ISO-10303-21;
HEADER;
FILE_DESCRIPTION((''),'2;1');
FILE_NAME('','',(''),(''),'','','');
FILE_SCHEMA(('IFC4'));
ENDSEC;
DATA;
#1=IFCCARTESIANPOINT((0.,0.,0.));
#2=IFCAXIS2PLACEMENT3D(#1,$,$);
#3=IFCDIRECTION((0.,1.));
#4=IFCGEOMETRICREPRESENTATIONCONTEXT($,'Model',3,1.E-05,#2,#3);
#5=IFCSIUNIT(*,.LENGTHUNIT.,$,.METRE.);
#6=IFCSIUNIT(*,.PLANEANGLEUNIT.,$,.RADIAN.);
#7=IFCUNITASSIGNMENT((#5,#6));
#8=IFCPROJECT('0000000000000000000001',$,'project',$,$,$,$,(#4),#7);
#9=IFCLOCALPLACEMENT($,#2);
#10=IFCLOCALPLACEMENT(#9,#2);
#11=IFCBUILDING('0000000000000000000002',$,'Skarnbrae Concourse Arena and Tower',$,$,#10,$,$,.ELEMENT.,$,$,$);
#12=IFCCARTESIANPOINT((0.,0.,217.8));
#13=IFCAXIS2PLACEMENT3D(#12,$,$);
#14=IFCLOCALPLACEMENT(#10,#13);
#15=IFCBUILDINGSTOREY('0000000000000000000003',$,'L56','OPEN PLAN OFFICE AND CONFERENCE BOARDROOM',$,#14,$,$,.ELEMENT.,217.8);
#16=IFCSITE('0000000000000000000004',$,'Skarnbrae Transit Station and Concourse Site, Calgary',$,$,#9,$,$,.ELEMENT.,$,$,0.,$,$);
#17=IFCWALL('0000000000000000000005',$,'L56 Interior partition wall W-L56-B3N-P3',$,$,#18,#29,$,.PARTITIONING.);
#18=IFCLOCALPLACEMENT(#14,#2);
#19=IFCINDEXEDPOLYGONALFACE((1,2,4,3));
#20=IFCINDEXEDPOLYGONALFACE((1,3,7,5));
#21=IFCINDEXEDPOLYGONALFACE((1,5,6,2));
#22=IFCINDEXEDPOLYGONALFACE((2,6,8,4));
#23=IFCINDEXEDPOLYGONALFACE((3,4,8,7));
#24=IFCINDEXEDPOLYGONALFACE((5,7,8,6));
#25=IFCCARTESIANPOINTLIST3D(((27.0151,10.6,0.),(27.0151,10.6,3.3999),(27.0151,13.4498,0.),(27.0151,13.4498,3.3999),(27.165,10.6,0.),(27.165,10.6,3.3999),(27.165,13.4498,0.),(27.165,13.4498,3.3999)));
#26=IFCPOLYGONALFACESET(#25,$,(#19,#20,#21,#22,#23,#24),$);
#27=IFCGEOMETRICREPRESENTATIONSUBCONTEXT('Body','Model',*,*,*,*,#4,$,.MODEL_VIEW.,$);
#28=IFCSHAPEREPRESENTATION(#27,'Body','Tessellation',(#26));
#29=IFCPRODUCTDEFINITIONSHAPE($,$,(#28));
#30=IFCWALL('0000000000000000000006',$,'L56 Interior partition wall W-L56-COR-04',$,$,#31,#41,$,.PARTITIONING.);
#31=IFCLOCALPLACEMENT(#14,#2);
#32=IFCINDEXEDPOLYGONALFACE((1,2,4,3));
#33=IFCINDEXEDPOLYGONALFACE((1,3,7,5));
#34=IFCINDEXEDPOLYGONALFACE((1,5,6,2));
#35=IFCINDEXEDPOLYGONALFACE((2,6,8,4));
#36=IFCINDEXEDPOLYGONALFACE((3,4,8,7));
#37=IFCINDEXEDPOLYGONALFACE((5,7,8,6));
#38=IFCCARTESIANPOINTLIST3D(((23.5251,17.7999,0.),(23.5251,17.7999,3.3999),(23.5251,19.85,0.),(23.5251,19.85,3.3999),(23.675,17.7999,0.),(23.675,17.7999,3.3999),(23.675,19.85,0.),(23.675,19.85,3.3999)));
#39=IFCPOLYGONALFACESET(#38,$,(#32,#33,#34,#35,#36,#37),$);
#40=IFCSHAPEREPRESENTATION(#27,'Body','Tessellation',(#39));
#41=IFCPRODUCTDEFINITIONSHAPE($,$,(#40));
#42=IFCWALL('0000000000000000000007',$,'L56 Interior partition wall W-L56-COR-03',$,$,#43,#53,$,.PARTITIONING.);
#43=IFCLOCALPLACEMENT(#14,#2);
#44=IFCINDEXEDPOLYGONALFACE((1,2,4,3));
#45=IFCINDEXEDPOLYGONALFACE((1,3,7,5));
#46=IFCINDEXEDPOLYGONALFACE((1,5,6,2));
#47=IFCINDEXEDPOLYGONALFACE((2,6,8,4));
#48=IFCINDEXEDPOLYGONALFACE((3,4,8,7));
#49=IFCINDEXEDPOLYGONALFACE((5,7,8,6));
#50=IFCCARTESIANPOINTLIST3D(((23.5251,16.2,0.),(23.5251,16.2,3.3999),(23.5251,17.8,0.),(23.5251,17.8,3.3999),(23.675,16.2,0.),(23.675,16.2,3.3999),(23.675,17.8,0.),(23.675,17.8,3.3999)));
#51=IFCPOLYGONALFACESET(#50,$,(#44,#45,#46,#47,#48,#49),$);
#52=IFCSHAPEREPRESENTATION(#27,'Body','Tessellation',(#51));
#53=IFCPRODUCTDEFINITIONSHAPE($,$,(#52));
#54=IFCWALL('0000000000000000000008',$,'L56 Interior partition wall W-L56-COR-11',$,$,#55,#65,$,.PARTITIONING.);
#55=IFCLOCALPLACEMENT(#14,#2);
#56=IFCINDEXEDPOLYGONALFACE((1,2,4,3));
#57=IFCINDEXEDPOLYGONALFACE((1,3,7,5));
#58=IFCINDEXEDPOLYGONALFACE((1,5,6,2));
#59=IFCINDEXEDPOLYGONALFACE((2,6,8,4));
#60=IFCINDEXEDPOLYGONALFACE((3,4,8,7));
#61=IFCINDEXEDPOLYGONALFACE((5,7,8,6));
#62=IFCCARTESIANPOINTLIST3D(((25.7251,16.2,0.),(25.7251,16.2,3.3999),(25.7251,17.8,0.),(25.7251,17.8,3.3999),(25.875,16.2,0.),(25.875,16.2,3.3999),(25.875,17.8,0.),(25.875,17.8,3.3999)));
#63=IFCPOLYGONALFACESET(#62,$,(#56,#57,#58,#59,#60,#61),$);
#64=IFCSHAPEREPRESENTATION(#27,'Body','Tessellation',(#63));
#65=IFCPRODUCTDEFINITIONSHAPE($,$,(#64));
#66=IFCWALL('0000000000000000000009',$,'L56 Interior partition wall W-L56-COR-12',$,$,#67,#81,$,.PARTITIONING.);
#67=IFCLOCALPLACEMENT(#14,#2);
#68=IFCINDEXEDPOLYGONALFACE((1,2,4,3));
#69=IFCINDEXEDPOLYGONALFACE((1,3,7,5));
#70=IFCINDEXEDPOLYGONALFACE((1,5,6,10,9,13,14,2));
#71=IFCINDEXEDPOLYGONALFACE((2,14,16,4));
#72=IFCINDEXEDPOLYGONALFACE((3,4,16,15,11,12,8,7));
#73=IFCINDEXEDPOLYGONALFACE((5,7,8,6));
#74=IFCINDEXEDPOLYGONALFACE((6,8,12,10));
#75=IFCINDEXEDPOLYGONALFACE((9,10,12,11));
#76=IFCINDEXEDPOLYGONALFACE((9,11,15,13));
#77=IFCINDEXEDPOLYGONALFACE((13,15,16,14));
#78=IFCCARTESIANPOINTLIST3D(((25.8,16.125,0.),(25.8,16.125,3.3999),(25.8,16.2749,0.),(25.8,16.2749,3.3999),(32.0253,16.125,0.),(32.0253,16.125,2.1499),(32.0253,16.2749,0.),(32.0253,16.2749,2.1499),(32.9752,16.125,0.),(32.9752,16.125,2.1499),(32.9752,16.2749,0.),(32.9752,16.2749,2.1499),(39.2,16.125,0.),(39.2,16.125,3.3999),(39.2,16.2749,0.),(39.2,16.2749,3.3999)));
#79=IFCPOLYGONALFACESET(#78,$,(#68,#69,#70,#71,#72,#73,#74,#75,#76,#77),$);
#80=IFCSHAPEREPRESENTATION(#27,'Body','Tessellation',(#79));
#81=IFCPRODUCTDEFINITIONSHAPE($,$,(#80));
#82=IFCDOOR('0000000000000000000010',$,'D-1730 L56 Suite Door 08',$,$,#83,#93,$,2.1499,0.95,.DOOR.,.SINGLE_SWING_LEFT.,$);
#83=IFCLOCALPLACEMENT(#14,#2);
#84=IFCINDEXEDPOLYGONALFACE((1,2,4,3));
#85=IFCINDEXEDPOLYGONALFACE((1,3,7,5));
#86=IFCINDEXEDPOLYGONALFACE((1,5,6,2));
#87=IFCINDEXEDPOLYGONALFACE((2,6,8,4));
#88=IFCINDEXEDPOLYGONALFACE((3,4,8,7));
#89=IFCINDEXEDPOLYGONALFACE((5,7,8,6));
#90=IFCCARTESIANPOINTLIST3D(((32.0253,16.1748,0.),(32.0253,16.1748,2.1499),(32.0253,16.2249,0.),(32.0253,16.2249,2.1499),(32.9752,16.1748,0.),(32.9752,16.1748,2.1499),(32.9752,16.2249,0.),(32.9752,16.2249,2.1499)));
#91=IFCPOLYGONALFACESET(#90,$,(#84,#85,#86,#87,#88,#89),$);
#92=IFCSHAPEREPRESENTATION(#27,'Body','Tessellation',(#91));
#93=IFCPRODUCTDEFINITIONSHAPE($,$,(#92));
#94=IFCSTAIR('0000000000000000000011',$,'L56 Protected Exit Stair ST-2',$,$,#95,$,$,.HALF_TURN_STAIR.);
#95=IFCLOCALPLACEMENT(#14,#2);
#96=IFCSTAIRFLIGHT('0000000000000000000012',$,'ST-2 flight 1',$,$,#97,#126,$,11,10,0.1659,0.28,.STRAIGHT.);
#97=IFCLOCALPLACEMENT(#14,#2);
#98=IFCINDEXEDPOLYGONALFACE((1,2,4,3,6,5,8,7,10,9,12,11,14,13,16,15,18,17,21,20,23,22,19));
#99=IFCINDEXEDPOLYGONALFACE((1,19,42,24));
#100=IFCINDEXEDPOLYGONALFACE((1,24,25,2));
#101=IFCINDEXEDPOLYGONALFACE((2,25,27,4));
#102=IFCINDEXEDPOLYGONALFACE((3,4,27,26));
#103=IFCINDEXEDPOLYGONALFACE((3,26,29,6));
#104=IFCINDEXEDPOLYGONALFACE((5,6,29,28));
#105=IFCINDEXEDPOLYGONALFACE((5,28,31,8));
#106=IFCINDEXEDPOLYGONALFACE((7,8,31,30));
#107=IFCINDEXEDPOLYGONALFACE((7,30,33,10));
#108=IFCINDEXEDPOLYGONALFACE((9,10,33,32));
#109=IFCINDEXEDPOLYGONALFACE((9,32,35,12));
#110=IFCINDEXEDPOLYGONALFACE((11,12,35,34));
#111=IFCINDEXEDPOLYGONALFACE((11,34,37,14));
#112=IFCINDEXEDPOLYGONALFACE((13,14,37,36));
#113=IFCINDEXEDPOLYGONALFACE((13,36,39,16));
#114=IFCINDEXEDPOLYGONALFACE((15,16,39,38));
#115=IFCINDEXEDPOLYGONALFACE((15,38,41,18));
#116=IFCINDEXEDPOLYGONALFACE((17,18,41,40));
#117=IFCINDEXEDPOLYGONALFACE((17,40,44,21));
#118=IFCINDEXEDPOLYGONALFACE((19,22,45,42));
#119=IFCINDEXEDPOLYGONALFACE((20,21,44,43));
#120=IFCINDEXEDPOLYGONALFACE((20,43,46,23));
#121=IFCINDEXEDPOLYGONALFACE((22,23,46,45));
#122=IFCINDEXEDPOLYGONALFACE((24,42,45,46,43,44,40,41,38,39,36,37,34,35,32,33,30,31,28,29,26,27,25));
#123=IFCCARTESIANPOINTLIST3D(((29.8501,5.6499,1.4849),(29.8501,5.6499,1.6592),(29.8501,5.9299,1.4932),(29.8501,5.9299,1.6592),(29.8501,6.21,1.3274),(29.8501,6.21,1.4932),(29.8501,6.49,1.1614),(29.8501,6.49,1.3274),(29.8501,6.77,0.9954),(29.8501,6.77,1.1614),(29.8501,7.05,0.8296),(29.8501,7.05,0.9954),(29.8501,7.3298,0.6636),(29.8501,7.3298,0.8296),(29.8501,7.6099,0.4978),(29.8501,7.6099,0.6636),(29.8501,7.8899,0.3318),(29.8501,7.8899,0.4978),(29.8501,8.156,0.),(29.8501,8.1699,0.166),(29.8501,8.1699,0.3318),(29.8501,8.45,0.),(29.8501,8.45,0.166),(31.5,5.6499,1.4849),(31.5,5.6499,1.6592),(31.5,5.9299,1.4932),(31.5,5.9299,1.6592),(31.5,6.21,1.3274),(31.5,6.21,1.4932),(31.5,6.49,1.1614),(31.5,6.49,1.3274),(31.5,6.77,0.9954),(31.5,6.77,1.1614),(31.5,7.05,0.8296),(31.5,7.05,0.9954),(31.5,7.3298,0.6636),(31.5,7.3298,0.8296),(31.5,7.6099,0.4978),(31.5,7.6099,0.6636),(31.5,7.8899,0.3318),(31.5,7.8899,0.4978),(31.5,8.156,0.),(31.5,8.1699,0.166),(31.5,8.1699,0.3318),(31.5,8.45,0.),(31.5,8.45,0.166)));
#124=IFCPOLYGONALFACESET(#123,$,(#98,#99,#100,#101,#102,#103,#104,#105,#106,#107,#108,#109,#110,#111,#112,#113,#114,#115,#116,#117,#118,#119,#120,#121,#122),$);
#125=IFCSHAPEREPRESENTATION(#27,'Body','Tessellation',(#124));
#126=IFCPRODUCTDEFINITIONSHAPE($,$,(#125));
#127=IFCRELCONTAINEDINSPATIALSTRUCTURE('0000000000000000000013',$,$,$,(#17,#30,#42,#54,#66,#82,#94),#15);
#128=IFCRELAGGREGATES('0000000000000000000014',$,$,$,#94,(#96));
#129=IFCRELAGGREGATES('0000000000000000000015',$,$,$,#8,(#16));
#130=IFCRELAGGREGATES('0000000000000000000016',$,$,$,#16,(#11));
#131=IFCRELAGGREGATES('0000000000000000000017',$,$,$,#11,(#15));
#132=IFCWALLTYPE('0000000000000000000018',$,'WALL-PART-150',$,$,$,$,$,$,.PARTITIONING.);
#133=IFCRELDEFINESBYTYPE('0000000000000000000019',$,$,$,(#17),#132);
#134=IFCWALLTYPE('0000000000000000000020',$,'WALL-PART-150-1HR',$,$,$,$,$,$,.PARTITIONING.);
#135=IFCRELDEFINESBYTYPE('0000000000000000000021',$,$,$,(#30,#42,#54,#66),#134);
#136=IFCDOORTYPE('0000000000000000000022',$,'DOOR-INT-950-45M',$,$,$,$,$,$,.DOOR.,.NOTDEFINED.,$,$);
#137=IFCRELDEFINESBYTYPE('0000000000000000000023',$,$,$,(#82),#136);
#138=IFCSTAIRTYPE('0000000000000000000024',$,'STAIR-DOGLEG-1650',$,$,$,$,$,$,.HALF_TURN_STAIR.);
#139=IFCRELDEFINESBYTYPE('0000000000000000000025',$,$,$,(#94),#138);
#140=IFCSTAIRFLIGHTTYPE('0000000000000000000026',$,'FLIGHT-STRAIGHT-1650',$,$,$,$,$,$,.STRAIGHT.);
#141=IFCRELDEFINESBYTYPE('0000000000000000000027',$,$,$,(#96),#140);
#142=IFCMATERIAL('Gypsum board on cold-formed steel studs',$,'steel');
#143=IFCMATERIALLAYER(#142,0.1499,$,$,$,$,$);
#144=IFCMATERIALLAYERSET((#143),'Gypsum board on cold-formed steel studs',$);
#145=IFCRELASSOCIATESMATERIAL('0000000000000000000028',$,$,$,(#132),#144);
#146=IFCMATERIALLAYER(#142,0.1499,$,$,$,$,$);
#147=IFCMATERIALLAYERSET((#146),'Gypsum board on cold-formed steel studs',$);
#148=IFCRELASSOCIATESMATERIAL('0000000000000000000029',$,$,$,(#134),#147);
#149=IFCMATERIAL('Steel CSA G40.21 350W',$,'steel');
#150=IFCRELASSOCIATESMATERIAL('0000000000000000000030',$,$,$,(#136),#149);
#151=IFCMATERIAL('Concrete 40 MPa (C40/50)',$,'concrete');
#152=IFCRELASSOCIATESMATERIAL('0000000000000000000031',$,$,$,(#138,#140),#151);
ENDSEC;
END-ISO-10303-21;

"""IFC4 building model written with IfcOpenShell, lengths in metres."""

from ifc_helpers import new_model, si_unit, direction, frame, frame_2d, origin, place, context, subcontext, project, spatial, polyline, rectangle, outline, extrude, source, transform, mapped, material, layer, layer_set, type_object, element, fill, aggregate, save


model = new_model("IFC4")

# Units and contexts
model_context = context("Model", 3, precision=1e-05, world=origin(), true_north=direction((0.0, 1.0)))
body_context = subcontext(model_context, "Body", "Model", "MODEL_VIEW")
ifc_project = project(units=[si_unit("LENGTHUNIT", "METRE"), si_unit("PLANEANGLEUNIT", "RADIAN")], contexts=[model_context])

# Site, building, storey
site_placement = place(None, origin())
site = spatial("IfcSite", under=ifc_project, at=site_placement, Name="Skarnbrae Transit Station and Concourse Site, Calgary", CompositionType="ELEMENT", RefElevation=0.0)
building_placement = place(site_placement, origin())
building = spatial("IfcBuilding", under=site, at=building_placement, Name="Skarnbrae Concourse Arena and Tower", CompositionType="ELEMENT")
storey_placement = place(building_placement, frame((0.0, 0.0, 217.8)))
storey = spatial("IfcBuildingStorey", under=building, at=storey_placement, Name="L56", Description="OPEN PLAN OFFICE AND CONFERENCE BOARDROOM", CompositionType="ELEMENT", Elevation=217.8)

# Shared definitions
ifc_material_1 = material(Name="Steel CSA G40.21 350W", Category="steel")

# Walls
ifc_material_2 = material(Name="Gypsum board on cold-formed steel studs", Category="steel")
ifc_layer_1 = layer(ifc_material_2, 0.1499)
ifc_layer_set_1 = layer_set([ifc_layer_1], Name="Gypsum board on cold-formed steel studs")
wall_type_1 = type_object("IfcWallType", Name="WALL-PART-150", PredefinedType="PARTITIONING", material=ifc_layer_set_1)
shared_shape_1 = source(origin(), body_context, "Body", "SweptSolid", [
    extrude(rectangle(XDim=2.8499, YDim=0.1499, at=frame_2d((1.4248, 0.0))), origin(), (0.0, 0.0, 1.0), 3.3999),
])
for number, where, z_axis, x_axis, name in (
    (1, (27.0901, 10.6001, 0.0), (0.0, 0.0, 1.0), (0.0, 1.0, 0.0), "L56 Interior partition wall W-L56-B3N-P3"),
):
    element("IfcWall", number, at=place(storey_placement, frame(where, z_axis=z_axis, x_axis=x_axis)), inside=storey, type_object=wall_type_1, Name=name, PredefinedType="PARTITIONING", context=body_context, shape_type="MappedRepresentation", body=[
        mapped(shared_shape_1, transform((0.0, 0.0, 0.0))),
    ])
ifc_layer_2 = layer(ifc_material_2, 0.1499)
ifc_layer_set_2 = layer_set([ifc_layer_2], Name="Gypsum board on cold-formed steel studs")
wall_type_2 = type_object("IfcWallType", Name="WALL-PART-150-1HR", PredefinedType="PARTITIONING", material=ifc_layer_set_2)
shared_shape_2 = source(origin(), body_context, "Body", "SweptSolid", [
    extrude(rectangle(XDim=2.05, YDim=0.1499, at=frame_2d((1.0249, 0.0))), origin(), (0.0, 0.0, 1.0), 3.3999),
])
wall_1_placement = place(storey_placement, frame((23.6001, 17.8, 0.0), z_axis=(0.0, 0.0, 1.0), x_axis=(0.0, 1.0, 0.0)))
element("IfcWall", 2, at=wall_1_placement, inside=storey, type_object=wall_type_2, Name="L56 Interior partition wall W-L56-COR-04", PredefinedType="PARTITIONING", context=body_context, shape_type="MappedRepresentation", body=[
    mapped(shared_shape_2, transform((0.0, 0.0, 0.0))),
])
shared_shape_3 = source(origin(), body_context, "Body", "SweptSolid", [
    extrude(rectangle(XDim=1.6001, YDim=0.1499, at=frame_2d((0.8, 0.0))), origin(), (0.0, 0.0, 1.0), 3.3999),
])
for number, where, z_axis, x_axis, name in (
    (3, (23.6001, 16.2, 0.0), (0.0, 0.0, 1.0), (0.0, 1.0, 0.0), "L56 Interior partition wall W-L56-COR-03"),
    (4, (25.8, 17.8, 0.0), (0.0, 0.0, 1.0), (0.0, -1.0, 0.0), "L56 Interior partition wall W-L56-COR-11"),
):
    element("IfcWall", number, at=place(storey_placement, frame(where, z_axis=z_axis, x_axis=x_axis)), inside=storey, type_object=wall_type_2, Name=name, PredefinedType="PARTITIONING", context=body_context, shape_type="MappedRepresentation", body=[
        mapped(shared_shape_3, transform((0.0, 0.0, 0.0))),
    ])

# Wall, opening, door
shared_shape_4 = source(origin(), body_context, "Body", "SweptSolid", [
    extrude(rectangle(XDim=13.3999, YDim=0.1499, at=frame_2d((6.7, 0.0))), origin(), (0.0, 0.0, 1.0), 3.3999),
])
wall_2_placement = place(storey_placement, frame((25.8, 16.2, 0.0), z_axis=(0.0, 0.0, 1.0), x_axis=(1.0, 0.0, 0.0)))
wall_2 = element("IfcWall", 5, at=wall_2_placement, inside=storey, type_object=wall_type_2, Name="L56 Interior partition wall W-L56-COR-12", PredefinedType="PARTITIONING", context=body_context, shape_type="MappedRepresentation", body=[
    mapped(shared_shape_4, transform((0.0, 0.0, 0.0))),
])
opening_1_placement = place(wall_2_placement, frame((6.2251, 0.0, 0.0)))
opening_1 = element("IfcOpeningElement", 6, at=opening_1_placement, cuts=wall_2, PredefinedType="OPENING", context=body_context, shape_type="SweptSolid", body=[
    extrude(rectangle(XDim=0.95, YDim=2.1499, at=frame_2d((0.4751, 1.075))), frame((0.0, 0.085, 0.0), z_axis=(0.0, -1.0, 0.0), x_axis=(1.0, 0.0, 0.0)), (0.0, 0.0, 1.0), 0.1699),
])
door_type_1 = type_object("IfcDoorType", Name="DOOR-INT-950-45M", OperationType="NOTDEFINED", PredefinedType="DOOR", material=ifc_material_1)
shared_shape_5 = source(origin(), body_context, "Body", "SweptSolid", [
    extrude(rectangle(XDim=0.95, YDim=2.1499, at=frame_2d((0.4751, 1.075))), frame((0.0, 0.0249, 0.0), z_axis=(0.0, -1.0, 0.0), x_axis=(1.0, 0.0, 0.0)), (0.0, 0.0, 1.0), 0.05),
])
door_1_placement = place(opening_1_placement, origin())
door_1 = element("IfcDoor", 7, at=door_1_placement, inside=storey, type_object=door_type_1, Name="D-1730 L56 Suite Door 08", OperationType="SINGLE_SWING_LEFT", OverallHeight=2.1499, OverallWidth=0.95, PredefinedType="DOOR", context=body_context, shape_type="MappedRepresentation", body=[
    mapped(shared_shape_5, transform((0.0, 0.0, 0.0))),
])
fill(opening_1, door_1)

# Stair, stair flight
ifc_material_3 = material(Name="Concrete 40 MPa (C40/50)", Category="concrete")
stair_type = type_object("IfcStairType", Name="STAIR-DOGLEG-1650", PredefinedType="HALF_TURN_STAIR", material=ifc_material_3)
stair_placement = place(storey_placement, origin())
stair = element("IfcStair", 8, at=stair_placement, inside=storey, type_object=stair_type, Name="L56 Protected Exit Stair ST-2", PredefinedType="HALF_TURN_STAIR")
stair_flight_type = type_object("IfcStairFlightType", Name="FLIGHT-STRAIGHT-1650", PredefinedType="STRAIGHT", material=ifc_material_3)
shared_shape_6 = source(origin(), body_context, "Body", "SweptSolid", [
    extrude(outline(polyline([(0.0, 0.0), (0.0, 0.166), (0.28, 0.166), (0.28, 0.3318), (0.5601, 0.3318), (0.5601, 0.4978), (0.8401, 0.4978), (0.8401, 0.6636), (1.1201, 0.6636), (1.1201, 0.8296), (1.3999, 0.8296), (1.3999, 0.9954), (1.6799, 0.9954), (1.6799, 1.1614), (1.96, 1.1614), (1.96, 1.3274), (2.24, 1.3274), (2.24, 1.4932), (2.52, 1.4932), (2.52, 1.6592), (2.8, 1.6592), (2.8, 1.825), (2.8, 1.4849), (0.2939, 0.0), (0.0, 0.0)])), frame((0.0, 0.825, 0.0), z_axis=(0.0, -1.0, 0.0), x_axis=(1.0, 0.0, 0.0)), (0.0, 0.0, 1.0), 1.6499),
])
stair_flight_placement = place(storey_placement, frame((30.675, 8.45, 0.0), z_axis=(0.0, 0.0, 1.0), x_axis=(0.0, -1.0, 0.0)))
stair_flight = element("IfcStairFlight", 9, at=stair_flight_placement, type_object=stair_flight_type, Name="ST-2 flight 1", NumberOfRisers=11, NumberOfTreads=10, PredefinedType="STRAIGHT", RiserHeight=0.1659, TreadLength=0.28, context=body_context, shape_type="MappedRepresentation", body=[
    mapped(shared_shape_6, transform((0.0, 0.0, 0.0))),
])
aggregate(stair, [stair_flight])

save(model, "model.ifc")
